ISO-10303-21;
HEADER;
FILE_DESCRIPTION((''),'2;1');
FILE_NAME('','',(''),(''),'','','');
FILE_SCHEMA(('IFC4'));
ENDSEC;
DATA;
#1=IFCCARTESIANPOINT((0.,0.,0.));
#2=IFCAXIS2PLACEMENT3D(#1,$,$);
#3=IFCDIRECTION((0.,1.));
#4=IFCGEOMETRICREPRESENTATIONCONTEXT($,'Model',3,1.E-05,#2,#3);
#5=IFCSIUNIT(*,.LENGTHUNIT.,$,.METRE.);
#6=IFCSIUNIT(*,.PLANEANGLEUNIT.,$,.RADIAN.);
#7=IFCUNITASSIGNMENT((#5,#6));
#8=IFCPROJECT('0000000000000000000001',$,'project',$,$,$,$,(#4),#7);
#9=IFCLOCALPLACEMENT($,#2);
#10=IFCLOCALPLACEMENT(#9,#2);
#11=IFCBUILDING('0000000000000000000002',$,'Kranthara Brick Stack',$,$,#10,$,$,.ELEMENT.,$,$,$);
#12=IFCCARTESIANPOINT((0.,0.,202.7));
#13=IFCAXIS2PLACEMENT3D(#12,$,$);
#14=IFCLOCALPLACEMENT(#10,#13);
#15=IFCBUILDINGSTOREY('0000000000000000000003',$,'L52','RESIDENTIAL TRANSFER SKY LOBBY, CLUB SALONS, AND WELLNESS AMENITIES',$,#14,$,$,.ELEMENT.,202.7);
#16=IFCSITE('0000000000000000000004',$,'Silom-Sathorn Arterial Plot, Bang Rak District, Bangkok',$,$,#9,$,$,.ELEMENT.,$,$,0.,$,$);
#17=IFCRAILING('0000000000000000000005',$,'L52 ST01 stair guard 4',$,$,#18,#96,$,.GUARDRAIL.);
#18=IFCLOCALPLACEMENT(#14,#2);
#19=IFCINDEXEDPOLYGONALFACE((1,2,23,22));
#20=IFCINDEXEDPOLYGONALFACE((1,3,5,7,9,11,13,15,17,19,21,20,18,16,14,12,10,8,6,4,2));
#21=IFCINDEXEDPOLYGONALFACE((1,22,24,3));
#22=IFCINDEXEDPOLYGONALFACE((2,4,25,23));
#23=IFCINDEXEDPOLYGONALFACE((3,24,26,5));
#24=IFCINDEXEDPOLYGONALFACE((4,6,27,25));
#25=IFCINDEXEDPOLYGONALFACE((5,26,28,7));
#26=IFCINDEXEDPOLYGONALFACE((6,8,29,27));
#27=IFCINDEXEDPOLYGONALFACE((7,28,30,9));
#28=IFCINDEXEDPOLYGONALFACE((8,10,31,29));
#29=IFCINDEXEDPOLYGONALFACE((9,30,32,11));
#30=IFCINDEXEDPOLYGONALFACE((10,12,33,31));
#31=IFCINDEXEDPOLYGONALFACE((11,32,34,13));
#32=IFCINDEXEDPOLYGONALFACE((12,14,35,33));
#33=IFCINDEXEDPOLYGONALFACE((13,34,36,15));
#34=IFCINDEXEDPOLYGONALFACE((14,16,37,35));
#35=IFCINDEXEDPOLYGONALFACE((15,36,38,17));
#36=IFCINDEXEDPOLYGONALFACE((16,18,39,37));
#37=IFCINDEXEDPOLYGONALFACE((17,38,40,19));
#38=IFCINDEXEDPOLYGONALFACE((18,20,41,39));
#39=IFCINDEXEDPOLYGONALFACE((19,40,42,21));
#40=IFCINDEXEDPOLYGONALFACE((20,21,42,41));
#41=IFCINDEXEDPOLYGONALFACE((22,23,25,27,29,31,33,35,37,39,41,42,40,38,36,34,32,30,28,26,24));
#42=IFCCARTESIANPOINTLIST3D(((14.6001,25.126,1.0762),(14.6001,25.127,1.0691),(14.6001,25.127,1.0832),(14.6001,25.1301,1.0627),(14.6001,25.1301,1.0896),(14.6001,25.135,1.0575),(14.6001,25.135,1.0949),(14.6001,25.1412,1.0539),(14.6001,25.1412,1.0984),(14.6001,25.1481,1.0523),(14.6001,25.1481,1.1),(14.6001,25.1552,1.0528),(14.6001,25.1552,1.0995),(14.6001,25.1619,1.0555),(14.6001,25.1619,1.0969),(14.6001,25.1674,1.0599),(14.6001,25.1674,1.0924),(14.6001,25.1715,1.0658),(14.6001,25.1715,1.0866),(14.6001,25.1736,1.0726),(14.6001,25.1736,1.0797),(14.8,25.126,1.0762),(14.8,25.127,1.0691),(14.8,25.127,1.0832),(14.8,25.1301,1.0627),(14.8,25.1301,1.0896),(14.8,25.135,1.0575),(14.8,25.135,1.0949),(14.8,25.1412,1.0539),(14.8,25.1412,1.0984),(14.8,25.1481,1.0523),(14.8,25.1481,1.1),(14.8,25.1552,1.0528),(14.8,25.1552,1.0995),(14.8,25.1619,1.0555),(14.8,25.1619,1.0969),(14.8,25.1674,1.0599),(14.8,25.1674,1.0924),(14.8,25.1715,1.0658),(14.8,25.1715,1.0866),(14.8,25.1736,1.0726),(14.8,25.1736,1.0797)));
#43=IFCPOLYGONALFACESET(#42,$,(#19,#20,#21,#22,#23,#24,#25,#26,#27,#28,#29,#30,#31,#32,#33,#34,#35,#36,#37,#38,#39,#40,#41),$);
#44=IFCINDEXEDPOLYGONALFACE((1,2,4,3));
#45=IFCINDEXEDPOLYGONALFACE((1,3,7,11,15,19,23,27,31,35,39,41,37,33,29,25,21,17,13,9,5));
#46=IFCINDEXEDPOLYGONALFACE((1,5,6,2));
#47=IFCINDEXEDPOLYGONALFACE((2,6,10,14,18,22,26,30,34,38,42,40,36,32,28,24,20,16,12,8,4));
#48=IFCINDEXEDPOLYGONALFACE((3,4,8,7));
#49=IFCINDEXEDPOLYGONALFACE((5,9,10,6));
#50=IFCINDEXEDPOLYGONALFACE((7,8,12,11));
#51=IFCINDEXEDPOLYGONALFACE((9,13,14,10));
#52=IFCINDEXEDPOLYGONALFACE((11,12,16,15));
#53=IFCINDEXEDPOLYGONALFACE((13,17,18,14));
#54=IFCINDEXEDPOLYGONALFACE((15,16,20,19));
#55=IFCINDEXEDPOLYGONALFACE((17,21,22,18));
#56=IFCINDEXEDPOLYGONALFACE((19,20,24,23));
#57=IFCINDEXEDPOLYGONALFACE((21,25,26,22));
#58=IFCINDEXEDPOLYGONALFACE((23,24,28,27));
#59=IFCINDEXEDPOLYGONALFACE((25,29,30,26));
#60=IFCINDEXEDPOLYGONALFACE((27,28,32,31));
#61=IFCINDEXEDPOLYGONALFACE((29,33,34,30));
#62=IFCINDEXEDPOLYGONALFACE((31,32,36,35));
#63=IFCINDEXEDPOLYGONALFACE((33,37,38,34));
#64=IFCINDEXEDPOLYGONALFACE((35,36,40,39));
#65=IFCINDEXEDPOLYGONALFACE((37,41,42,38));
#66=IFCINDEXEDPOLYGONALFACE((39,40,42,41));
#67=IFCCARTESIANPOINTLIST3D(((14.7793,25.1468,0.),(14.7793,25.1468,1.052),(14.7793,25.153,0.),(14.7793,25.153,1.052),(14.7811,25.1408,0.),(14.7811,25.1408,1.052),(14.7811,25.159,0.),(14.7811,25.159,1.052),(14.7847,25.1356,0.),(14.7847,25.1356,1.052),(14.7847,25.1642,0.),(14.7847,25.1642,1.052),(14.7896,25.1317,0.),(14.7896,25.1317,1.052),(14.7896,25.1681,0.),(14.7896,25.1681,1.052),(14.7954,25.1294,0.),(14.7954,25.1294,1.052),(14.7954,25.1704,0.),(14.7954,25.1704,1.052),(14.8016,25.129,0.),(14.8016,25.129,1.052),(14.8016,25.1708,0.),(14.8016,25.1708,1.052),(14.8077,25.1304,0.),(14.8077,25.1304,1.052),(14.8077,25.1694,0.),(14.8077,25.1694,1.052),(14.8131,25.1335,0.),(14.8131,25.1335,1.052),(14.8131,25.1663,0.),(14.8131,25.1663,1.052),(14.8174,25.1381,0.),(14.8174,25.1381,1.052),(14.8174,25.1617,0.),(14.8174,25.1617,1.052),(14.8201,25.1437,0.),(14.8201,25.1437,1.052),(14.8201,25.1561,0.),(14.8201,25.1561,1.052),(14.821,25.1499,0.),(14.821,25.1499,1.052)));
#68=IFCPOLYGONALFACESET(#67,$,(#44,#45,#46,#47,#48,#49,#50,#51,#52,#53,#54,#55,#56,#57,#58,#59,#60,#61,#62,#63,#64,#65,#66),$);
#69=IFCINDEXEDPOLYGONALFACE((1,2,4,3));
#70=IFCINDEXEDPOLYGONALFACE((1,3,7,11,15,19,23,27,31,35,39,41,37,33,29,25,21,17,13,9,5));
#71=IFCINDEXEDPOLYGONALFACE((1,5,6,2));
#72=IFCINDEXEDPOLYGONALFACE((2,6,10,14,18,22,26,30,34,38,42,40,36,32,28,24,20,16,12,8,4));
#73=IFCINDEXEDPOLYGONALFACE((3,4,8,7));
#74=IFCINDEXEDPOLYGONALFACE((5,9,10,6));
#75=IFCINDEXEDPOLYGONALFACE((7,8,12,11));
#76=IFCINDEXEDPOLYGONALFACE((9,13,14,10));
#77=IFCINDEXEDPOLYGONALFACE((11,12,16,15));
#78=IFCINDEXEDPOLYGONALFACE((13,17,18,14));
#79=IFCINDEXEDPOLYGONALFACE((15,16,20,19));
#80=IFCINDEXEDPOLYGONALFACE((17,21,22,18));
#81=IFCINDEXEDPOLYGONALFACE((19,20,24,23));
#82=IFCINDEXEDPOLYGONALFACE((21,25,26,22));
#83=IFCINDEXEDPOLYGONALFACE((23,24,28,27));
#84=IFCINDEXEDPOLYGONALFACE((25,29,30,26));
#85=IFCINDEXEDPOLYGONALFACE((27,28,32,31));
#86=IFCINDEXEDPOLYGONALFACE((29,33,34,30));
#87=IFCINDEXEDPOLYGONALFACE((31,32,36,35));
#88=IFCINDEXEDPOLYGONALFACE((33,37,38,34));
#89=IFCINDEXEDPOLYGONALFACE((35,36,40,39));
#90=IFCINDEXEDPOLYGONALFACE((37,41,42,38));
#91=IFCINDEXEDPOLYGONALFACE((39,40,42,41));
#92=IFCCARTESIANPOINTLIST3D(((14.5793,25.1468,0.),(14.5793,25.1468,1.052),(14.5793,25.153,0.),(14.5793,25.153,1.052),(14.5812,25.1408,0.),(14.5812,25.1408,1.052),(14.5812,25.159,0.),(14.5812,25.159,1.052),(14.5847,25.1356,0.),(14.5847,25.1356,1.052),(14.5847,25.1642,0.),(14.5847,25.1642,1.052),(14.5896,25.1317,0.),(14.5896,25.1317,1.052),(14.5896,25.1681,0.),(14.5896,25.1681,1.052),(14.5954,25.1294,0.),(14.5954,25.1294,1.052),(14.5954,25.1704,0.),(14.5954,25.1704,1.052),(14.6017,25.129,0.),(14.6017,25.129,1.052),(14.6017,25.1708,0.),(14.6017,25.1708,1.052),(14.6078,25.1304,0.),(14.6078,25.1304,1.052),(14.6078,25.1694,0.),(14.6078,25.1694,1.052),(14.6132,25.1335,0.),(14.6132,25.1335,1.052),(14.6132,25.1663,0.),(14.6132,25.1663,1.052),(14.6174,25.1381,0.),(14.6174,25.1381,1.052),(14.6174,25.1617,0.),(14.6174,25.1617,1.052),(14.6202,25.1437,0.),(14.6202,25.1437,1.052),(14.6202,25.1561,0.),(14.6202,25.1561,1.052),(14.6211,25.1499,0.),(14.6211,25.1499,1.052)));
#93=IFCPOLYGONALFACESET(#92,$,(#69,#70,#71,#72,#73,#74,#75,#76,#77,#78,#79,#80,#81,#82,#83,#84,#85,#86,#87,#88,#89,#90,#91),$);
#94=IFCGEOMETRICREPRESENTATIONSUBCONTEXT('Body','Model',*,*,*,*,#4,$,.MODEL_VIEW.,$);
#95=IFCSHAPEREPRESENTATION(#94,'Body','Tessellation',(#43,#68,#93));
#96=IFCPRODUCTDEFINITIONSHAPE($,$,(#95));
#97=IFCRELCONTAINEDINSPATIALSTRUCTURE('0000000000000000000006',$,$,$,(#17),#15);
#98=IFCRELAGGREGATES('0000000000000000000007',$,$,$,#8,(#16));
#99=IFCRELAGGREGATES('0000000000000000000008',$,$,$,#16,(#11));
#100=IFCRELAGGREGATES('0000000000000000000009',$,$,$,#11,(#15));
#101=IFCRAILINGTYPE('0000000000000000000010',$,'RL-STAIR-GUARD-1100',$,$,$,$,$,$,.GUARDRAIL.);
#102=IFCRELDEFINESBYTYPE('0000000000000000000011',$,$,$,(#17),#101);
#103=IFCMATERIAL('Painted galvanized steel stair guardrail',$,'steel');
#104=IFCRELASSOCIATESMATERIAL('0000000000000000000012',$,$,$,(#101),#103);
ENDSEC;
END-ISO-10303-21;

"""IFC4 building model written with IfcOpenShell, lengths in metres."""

from ifc_helpers import new_model, si_unit, direction, frame, origin, origin_2d, place, context, subcontext, project, spatial, circle, extrude, material, type_object, element, save


model = new_model("IFC4")

# Units and contexts
model_context = context("Model", 3, precision=1e-05, world=origin(), true_north=direction((0.0, 1.0)))
body_context = subcontext(model_context, "Body", "Model", "MODEL_VIEW")
ifc_project = project(units=[si_unit("LENGTHUNIT", "METRE"), si_unit("PLANEANGLEUNIT", "RADIAN")], contexts=[model_context])

# Site, building, storey
site_placement = place(None, origin())
site = spatial("IfcSite", under=ifc_project, at=site_placement, Name="Silom-Sathorn Arterial Plot, Bang Rak District, Bangkok", CompositionType="ELEMENT", RefElevation=0.0)
building_placement = place(site_placement, origin())
building = spatial("IfcBuilding", under=site, at=building_placement, Name="Kranthara Brick Stack", CompositionType="ELEMENT")
storey_placement = place(building_placement, frame((0.0, 0.0, 202.7)))
storey = spatial("IfcBuildingStorey", under=building, at=storey_placement, Name="L52", Description="RESIDENTIAL TRANSFER SKY LOBBY, CLUB SALONS, AND WELLNESS AMENITIES", CompositionType="ELEMENT", Elevation=202.7)

# Railing
ifc_material_1 = material(Name="Painted galvanized steel stair guardrail", Category="steel")
railing_type_1 = type_object("IfcRailingType", Name="RL-STAIR-GUARD-1100", PredefinedType="GUARDRAIL", material=ifc_material_1)
railing_1_placement = place(storey_placement, frame((14.8, 25.1499, 0.0)))
element("IfcRailing", 1, at=railing_1_placement, inside=storey, type_object=railing_type_1, Name="L52 ST01 stair guard 4", PredefinedType="GUARDRAIL", context=body_context, shape_type="SweptSolid", body=[
    extrude(circle(Radius=0.0239, at=origin_2d()), frame((0.0, 0.0, 1.0762), z_axis=(-1.0, 0.0, 0.0), x_axis=(0.0, -1.0, 0.0)), (0.0, 0.0, 1.0), 0.2),
    extrude(circle(Radius=0.021, at=origin_2d()), origin(), (0.0, 0.0, 1.0), 1.052),
    extrude(circle(Radius=0.021, at=origin_2d()), frame((-0.2, 0.0, 0.0)), (0.0, 0.0, 1.0), 1.052),
])

save(model, "model.ifc")
